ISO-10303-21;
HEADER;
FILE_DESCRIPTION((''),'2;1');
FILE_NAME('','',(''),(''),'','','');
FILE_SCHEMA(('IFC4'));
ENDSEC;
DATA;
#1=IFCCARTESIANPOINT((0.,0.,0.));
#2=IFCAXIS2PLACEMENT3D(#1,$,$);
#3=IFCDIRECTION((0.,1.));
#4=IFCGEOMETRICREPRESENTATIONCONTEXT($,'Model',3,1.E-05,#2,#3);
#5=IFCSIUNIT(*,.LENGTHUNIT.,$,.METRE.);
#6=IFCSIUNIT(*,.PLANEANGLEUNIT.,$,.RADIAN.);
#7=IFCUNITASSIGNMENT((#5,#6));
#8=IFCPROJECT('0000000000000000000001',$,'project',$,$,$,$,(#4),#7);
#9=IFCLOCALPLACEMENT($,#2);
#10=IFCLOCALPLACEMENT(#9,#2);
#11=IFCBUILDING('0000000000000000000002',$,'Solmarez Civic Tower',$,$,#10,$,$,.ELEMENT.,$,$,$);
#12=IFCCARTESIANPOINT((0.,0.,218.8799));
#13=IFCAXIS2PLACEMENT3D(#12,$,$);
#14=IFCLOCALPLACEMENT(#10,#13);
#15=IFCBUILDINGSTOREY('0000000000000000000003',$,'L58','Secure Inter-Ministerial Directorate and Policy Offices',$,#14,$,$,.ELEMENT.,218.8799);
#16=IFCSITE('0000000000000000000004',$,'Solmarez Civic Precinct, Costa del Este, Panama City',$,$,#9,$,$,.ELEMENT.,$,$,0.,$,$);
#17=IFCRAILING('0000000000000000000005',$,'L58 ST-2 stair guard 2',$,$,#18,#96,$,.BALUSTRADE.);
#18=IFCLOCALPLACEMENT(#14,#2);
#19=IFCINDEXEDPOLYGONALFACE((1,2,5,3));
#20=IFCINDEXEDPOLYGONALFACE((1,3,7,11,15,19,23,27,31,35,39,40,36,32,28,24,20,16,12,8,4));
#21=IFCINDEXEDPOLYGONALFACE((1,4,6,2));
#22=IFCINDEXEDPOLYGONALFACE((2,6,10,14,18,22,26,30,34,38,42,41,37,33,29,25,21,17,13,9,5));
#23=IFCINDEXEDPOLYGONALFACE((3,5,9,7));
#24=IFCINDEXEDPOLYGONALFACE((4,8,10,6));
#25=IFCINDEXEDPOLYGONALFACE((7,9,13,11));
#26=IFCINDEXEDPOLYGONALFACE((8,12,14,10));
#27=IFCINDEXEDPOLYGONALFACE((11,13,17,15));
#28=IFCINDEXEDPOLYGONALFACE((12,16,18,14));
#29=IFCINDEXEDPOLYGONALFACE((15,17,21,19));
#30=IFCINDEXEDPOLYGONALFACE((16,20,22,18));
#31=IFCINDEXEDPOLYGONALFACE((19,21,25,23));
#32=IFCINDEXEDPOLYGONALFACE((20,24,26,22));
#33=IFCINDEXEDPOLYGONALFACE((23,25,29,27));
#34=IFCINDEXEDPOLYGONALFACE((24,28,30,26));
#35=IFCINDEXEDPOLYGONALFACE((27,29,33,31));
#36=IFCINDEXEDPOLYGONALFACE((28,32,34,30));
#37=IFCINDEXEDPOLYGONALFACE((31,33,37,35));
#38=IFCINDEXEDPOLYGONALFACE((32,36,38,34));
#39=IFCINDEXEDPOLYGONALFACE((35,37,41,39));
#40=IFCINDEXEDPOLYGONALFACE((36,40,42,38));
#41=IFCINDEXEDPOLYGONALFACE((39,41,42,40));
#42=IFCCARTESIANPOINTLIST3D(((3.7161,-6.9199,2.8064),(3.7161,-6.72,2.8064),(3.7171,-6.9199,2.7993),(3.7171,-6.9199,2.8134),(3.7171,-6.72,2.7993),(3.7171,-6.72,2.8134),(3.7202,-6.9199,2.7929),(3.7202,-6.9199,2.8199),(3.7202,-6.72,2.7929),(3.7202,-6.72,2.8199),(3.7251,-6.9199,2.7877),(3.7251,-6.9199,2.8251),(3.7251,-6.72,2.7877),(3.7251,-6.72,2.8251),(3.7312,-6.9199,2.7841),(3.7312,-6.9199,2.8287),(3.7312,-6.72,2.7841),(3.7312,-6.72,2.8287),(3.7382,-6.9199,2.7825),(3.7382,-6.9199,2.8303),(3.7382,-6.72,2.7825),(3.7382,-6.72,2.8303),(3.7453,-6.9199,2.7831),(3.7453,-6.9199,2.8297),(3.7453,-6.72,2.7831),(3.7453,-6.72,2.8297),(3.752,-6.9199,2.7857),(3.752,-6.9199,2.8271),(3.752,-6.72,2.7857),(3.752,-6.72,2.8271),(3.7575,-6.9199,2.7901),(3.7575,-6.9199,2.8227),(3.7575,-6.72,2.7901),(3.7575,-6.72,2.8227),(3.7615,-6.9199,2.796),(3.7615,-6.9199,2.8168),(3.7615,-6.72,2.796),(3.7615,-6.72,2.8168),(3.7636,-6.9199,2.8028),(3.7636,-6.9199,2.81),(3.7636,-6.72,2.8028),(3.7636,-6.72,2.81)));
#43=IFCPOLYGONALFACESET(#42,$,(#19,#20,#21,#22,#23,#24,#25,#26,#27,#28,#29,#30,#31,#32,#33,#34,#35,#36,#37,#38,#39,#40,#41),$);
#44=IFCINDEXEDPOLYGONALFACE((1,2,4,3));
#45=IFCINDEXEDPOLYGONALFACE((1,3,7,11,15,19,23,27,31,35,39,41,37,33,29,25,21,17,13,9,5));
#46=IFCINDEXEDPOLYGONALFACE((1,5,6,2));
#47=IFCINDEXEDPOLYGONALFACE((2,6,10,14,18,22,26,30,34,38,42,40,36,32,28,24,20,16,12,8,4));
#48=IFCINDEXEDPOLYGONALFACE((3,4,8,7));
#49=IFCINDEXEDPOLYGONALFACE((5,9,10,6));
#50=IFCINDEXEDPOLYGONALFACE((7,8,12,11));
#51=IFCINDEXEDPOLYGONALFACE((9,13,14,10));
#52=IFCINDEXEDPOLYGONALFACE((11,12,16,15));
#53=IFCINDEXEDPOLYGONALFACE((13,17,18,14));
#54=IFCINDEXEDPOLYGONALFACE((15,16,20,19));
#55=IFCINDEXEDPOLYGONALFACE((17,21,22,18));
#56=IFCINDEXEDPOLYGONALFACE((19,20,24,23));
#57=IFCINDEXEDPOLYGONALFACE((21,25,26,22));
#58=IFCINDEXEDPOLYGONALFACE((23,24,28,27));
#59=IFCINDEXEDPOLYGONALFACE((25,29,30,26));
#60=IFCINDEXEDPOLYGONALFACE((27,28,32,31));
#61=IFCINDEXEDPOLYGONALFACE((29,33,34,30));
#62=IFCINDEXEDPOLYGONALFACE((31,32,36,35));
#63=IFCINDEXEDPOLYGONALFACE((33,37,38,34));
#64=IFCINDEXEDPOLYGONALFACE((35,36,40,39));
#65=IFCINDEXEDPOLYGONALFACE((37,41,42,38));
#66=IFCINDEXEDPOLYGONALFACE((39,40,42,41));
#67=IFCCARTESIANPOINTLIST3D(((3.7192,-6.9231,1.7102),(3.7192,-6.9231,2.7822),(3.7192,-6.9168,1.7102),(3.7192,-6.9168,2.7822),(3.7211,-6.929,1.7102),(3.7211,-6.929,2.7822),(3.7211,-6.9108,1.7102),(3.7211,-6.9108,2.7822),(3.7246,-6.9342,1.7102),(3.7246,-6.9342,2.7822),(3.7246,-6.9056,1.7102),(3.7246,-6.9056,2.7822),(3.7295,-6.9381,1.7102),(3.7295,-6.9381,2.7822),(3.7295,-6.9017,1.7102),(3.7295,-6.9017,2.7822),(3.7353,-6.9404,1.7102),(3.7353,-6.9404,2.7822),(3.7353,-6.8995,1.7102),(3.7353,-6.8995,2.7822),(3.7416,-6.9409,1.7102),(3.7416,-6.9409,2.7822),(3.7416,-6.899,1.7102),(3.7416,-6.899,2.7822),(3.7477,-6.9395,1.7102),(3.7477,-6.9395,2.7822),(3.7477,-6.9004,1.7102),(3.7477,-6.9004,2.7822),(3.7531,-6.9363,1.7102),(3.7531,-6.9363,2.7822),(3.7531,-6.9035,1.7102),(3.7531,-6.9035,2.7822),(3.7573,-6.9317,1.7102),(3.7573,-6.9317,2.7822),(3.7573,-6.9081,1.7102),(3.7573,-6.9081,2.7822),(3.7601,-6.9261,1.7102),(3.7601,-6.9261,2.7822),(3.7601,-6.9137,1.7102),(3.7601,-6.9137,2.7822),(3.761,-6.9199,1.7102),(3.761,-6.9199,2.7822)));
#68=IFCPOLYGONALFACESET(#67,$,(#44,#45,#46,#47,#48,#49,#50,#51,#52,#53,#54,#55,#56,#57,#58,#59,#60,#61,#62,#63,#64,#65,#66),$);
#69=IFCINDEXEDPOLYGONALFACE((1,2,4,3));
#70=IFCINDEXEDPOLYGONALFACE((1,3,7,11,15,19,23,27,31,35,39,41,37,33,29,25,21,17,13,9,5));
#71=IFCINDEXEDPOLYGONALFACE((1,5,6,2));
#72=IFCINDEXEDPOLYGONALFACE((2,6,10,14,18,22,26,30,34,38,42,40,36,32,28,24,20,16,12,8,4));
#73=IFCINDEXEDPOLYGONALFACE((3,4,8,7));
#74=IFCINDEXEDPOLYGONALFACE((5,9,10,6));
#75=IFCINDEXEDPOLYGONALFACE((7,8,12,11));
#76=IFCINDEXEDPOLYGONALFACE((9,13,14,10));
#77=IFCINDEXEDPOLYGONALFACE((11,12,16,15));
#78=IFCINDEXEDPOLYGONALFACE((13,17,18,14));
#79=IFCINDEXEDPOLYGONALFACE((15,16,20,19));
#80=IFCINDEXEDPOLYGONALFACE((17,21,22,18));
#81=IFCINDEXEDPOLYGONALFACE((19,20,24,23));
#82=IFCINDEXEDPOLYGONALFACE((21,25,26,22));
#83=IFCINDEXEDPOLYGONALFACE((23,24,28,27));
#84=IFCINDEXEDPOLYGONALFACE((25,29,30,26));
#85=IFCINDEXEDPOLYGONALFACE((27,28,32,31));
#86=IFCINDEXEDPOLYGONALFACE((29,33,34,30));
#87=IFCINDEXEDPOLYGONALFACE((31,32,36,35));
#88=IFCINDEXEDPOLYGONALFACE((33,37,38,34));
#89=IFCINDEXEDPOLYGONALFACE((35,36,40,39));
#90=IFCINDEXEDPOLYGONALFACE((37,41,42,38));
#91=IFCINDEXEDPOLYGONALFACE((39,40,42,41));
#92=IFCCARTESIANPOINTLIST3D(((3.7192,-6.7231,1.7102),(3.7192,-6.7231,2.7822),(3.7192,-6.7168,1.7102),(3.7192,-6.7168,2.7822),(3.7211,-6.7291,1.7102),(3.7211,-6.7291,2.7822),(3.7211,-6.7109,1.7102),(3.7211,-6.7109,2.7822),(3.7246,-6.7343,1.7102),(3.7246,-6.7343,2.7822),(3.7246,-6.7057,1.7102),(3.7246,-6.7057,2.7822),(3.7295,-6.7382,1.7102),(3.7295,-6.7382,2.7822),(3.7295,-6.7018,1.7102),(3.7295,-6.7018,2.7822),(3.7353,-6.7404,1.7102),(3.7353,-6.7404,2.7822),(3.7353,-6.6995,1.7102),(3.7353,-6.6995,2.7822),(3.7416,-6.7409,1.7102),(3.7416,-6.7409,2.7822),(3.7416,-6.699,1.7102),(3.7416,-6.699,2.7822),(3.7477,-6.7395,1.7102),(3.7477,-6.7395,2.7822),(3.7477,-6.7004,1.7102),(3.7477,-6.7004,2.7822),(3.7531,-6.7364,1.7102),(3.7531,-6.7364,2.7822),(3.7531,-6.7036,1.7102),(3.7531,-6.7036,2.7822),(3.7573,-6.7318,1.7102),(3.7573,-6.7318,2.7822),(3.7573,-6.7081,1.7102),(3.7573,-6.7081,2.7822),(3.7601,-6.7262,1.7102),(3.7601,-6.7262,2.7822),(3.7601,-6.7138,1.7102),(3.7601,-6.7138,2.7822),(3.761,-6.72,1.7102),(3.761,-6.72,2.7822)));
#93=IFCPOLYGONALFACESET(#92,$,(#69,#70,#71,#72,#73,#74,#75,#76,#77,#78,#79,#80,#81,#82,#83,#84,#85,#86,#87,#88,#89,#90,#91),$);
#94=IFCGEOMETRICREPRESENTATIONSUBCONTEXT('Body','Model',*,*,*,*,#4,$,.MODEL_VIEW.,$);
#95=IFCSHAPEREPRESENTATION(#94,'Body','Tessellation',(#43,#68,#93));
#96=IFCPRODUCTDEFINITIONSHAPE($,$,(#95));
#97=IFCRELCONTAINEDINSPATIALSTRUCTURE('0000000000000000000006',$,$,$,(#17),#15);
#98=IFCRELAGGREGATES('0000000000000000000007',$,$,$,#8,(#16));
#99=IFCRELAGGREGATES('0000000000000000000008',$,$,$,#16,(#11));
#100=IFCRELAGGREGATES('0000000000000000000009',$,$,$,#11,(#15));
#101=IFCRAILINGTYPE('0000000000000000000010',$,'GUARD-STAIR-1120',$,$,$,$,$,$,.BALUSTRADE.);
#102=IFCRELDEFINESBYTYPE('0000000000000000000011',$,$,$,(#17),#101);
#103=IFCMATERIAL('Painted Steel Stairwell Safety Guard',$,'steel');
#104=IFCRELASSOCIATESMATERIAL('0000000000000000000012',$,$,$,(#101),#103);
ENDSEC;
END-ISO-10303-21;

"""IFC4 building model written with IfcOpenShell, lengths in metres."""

from ifc_helpers import new_model, si_unit, direction, frame, origin, origin_2d, place, context, subcontext, project, spatial, circle, extrude, material, type_object, element, save


model = new_model("IFC4")

# Units and contexts
model_context = context("Model", 3, precision=1e-05, world=origin(), true_north=direction((0.0, 1.0)))
body_context = subcontext(model_context, "Body", "Model", "MODEL_VIEW")
ifc_project = project(units=[si_unit("LENGTHUNIT", "METRE"), si_unit("PLANEANGLEUNIT", "RADIAN")], contexts=[model_context])

# Site, building, storey
site_placement = place(None, origin())
site = spatial("IfcSite", under=ifc_project, at=site_placement, Name="Solmarez Civic Precinct, Costa del Este, Panama City", CompositionType="ELEMENT", RefElevation=0.0)
building_placement = place(site_placement, origin())
building = spatial("IfcBuilding", under=site, at=building_placement, Name="Solmarez Civic Tower", CompositionType="ELEMENT")
storey_placement = place(building_placement, frame((0.0, 0.0, 218.8799)))
storey = spatial("IfcBuildingStorey", under=building, at=storey_placement, Name="L58", Description="Secure Inter-Ministerial Directorate and Policy Offices", CompositionType="ELEMENT", Elevation=218.8799)

# Railing
ifc_material_1 = material(Name="Painted Steel Stairwell Safety Guard", Category="steel")
railing_type_1 = type_object("IfcRailingType", Name="GUARD-STAIR-1120", PredefinedType="BALUSTRADE", material=ifc_material_1)
railing_1_placement = place(storey_placement, frame((3.74, -6.9199, 1.7102)))
element("IfcRailing", 1, at=railing_1_placement, inside=storey, type_object=railing_type_1, Name="L58 ST-2 stair guard 2", PredefinedType="BALUSTRADE", context=body_context, shape_type="SweptSolid", body=[
    extrude(circle(Radius=0.0239, at=origin_2d()), frame((0.0, 0.0, 1.0962), z_axis=(0.0, 1.0, 0.0), x_axis=(-1.0, 0.0, 0.0)), (0.0, 0.0, 1.0), 0.2),
    extrude(circle(Radius=0.021, at=origin_2d()), origin(), (0.0, 0.0, 1.0), 1.072),
    extrude(circle(Radius=0.021, at=origin_2d()), frame((0.0, 0.2, 0.0)), (0.0, 0.0, 1.0), 1.072),
])

save(model, "model.ifc")
